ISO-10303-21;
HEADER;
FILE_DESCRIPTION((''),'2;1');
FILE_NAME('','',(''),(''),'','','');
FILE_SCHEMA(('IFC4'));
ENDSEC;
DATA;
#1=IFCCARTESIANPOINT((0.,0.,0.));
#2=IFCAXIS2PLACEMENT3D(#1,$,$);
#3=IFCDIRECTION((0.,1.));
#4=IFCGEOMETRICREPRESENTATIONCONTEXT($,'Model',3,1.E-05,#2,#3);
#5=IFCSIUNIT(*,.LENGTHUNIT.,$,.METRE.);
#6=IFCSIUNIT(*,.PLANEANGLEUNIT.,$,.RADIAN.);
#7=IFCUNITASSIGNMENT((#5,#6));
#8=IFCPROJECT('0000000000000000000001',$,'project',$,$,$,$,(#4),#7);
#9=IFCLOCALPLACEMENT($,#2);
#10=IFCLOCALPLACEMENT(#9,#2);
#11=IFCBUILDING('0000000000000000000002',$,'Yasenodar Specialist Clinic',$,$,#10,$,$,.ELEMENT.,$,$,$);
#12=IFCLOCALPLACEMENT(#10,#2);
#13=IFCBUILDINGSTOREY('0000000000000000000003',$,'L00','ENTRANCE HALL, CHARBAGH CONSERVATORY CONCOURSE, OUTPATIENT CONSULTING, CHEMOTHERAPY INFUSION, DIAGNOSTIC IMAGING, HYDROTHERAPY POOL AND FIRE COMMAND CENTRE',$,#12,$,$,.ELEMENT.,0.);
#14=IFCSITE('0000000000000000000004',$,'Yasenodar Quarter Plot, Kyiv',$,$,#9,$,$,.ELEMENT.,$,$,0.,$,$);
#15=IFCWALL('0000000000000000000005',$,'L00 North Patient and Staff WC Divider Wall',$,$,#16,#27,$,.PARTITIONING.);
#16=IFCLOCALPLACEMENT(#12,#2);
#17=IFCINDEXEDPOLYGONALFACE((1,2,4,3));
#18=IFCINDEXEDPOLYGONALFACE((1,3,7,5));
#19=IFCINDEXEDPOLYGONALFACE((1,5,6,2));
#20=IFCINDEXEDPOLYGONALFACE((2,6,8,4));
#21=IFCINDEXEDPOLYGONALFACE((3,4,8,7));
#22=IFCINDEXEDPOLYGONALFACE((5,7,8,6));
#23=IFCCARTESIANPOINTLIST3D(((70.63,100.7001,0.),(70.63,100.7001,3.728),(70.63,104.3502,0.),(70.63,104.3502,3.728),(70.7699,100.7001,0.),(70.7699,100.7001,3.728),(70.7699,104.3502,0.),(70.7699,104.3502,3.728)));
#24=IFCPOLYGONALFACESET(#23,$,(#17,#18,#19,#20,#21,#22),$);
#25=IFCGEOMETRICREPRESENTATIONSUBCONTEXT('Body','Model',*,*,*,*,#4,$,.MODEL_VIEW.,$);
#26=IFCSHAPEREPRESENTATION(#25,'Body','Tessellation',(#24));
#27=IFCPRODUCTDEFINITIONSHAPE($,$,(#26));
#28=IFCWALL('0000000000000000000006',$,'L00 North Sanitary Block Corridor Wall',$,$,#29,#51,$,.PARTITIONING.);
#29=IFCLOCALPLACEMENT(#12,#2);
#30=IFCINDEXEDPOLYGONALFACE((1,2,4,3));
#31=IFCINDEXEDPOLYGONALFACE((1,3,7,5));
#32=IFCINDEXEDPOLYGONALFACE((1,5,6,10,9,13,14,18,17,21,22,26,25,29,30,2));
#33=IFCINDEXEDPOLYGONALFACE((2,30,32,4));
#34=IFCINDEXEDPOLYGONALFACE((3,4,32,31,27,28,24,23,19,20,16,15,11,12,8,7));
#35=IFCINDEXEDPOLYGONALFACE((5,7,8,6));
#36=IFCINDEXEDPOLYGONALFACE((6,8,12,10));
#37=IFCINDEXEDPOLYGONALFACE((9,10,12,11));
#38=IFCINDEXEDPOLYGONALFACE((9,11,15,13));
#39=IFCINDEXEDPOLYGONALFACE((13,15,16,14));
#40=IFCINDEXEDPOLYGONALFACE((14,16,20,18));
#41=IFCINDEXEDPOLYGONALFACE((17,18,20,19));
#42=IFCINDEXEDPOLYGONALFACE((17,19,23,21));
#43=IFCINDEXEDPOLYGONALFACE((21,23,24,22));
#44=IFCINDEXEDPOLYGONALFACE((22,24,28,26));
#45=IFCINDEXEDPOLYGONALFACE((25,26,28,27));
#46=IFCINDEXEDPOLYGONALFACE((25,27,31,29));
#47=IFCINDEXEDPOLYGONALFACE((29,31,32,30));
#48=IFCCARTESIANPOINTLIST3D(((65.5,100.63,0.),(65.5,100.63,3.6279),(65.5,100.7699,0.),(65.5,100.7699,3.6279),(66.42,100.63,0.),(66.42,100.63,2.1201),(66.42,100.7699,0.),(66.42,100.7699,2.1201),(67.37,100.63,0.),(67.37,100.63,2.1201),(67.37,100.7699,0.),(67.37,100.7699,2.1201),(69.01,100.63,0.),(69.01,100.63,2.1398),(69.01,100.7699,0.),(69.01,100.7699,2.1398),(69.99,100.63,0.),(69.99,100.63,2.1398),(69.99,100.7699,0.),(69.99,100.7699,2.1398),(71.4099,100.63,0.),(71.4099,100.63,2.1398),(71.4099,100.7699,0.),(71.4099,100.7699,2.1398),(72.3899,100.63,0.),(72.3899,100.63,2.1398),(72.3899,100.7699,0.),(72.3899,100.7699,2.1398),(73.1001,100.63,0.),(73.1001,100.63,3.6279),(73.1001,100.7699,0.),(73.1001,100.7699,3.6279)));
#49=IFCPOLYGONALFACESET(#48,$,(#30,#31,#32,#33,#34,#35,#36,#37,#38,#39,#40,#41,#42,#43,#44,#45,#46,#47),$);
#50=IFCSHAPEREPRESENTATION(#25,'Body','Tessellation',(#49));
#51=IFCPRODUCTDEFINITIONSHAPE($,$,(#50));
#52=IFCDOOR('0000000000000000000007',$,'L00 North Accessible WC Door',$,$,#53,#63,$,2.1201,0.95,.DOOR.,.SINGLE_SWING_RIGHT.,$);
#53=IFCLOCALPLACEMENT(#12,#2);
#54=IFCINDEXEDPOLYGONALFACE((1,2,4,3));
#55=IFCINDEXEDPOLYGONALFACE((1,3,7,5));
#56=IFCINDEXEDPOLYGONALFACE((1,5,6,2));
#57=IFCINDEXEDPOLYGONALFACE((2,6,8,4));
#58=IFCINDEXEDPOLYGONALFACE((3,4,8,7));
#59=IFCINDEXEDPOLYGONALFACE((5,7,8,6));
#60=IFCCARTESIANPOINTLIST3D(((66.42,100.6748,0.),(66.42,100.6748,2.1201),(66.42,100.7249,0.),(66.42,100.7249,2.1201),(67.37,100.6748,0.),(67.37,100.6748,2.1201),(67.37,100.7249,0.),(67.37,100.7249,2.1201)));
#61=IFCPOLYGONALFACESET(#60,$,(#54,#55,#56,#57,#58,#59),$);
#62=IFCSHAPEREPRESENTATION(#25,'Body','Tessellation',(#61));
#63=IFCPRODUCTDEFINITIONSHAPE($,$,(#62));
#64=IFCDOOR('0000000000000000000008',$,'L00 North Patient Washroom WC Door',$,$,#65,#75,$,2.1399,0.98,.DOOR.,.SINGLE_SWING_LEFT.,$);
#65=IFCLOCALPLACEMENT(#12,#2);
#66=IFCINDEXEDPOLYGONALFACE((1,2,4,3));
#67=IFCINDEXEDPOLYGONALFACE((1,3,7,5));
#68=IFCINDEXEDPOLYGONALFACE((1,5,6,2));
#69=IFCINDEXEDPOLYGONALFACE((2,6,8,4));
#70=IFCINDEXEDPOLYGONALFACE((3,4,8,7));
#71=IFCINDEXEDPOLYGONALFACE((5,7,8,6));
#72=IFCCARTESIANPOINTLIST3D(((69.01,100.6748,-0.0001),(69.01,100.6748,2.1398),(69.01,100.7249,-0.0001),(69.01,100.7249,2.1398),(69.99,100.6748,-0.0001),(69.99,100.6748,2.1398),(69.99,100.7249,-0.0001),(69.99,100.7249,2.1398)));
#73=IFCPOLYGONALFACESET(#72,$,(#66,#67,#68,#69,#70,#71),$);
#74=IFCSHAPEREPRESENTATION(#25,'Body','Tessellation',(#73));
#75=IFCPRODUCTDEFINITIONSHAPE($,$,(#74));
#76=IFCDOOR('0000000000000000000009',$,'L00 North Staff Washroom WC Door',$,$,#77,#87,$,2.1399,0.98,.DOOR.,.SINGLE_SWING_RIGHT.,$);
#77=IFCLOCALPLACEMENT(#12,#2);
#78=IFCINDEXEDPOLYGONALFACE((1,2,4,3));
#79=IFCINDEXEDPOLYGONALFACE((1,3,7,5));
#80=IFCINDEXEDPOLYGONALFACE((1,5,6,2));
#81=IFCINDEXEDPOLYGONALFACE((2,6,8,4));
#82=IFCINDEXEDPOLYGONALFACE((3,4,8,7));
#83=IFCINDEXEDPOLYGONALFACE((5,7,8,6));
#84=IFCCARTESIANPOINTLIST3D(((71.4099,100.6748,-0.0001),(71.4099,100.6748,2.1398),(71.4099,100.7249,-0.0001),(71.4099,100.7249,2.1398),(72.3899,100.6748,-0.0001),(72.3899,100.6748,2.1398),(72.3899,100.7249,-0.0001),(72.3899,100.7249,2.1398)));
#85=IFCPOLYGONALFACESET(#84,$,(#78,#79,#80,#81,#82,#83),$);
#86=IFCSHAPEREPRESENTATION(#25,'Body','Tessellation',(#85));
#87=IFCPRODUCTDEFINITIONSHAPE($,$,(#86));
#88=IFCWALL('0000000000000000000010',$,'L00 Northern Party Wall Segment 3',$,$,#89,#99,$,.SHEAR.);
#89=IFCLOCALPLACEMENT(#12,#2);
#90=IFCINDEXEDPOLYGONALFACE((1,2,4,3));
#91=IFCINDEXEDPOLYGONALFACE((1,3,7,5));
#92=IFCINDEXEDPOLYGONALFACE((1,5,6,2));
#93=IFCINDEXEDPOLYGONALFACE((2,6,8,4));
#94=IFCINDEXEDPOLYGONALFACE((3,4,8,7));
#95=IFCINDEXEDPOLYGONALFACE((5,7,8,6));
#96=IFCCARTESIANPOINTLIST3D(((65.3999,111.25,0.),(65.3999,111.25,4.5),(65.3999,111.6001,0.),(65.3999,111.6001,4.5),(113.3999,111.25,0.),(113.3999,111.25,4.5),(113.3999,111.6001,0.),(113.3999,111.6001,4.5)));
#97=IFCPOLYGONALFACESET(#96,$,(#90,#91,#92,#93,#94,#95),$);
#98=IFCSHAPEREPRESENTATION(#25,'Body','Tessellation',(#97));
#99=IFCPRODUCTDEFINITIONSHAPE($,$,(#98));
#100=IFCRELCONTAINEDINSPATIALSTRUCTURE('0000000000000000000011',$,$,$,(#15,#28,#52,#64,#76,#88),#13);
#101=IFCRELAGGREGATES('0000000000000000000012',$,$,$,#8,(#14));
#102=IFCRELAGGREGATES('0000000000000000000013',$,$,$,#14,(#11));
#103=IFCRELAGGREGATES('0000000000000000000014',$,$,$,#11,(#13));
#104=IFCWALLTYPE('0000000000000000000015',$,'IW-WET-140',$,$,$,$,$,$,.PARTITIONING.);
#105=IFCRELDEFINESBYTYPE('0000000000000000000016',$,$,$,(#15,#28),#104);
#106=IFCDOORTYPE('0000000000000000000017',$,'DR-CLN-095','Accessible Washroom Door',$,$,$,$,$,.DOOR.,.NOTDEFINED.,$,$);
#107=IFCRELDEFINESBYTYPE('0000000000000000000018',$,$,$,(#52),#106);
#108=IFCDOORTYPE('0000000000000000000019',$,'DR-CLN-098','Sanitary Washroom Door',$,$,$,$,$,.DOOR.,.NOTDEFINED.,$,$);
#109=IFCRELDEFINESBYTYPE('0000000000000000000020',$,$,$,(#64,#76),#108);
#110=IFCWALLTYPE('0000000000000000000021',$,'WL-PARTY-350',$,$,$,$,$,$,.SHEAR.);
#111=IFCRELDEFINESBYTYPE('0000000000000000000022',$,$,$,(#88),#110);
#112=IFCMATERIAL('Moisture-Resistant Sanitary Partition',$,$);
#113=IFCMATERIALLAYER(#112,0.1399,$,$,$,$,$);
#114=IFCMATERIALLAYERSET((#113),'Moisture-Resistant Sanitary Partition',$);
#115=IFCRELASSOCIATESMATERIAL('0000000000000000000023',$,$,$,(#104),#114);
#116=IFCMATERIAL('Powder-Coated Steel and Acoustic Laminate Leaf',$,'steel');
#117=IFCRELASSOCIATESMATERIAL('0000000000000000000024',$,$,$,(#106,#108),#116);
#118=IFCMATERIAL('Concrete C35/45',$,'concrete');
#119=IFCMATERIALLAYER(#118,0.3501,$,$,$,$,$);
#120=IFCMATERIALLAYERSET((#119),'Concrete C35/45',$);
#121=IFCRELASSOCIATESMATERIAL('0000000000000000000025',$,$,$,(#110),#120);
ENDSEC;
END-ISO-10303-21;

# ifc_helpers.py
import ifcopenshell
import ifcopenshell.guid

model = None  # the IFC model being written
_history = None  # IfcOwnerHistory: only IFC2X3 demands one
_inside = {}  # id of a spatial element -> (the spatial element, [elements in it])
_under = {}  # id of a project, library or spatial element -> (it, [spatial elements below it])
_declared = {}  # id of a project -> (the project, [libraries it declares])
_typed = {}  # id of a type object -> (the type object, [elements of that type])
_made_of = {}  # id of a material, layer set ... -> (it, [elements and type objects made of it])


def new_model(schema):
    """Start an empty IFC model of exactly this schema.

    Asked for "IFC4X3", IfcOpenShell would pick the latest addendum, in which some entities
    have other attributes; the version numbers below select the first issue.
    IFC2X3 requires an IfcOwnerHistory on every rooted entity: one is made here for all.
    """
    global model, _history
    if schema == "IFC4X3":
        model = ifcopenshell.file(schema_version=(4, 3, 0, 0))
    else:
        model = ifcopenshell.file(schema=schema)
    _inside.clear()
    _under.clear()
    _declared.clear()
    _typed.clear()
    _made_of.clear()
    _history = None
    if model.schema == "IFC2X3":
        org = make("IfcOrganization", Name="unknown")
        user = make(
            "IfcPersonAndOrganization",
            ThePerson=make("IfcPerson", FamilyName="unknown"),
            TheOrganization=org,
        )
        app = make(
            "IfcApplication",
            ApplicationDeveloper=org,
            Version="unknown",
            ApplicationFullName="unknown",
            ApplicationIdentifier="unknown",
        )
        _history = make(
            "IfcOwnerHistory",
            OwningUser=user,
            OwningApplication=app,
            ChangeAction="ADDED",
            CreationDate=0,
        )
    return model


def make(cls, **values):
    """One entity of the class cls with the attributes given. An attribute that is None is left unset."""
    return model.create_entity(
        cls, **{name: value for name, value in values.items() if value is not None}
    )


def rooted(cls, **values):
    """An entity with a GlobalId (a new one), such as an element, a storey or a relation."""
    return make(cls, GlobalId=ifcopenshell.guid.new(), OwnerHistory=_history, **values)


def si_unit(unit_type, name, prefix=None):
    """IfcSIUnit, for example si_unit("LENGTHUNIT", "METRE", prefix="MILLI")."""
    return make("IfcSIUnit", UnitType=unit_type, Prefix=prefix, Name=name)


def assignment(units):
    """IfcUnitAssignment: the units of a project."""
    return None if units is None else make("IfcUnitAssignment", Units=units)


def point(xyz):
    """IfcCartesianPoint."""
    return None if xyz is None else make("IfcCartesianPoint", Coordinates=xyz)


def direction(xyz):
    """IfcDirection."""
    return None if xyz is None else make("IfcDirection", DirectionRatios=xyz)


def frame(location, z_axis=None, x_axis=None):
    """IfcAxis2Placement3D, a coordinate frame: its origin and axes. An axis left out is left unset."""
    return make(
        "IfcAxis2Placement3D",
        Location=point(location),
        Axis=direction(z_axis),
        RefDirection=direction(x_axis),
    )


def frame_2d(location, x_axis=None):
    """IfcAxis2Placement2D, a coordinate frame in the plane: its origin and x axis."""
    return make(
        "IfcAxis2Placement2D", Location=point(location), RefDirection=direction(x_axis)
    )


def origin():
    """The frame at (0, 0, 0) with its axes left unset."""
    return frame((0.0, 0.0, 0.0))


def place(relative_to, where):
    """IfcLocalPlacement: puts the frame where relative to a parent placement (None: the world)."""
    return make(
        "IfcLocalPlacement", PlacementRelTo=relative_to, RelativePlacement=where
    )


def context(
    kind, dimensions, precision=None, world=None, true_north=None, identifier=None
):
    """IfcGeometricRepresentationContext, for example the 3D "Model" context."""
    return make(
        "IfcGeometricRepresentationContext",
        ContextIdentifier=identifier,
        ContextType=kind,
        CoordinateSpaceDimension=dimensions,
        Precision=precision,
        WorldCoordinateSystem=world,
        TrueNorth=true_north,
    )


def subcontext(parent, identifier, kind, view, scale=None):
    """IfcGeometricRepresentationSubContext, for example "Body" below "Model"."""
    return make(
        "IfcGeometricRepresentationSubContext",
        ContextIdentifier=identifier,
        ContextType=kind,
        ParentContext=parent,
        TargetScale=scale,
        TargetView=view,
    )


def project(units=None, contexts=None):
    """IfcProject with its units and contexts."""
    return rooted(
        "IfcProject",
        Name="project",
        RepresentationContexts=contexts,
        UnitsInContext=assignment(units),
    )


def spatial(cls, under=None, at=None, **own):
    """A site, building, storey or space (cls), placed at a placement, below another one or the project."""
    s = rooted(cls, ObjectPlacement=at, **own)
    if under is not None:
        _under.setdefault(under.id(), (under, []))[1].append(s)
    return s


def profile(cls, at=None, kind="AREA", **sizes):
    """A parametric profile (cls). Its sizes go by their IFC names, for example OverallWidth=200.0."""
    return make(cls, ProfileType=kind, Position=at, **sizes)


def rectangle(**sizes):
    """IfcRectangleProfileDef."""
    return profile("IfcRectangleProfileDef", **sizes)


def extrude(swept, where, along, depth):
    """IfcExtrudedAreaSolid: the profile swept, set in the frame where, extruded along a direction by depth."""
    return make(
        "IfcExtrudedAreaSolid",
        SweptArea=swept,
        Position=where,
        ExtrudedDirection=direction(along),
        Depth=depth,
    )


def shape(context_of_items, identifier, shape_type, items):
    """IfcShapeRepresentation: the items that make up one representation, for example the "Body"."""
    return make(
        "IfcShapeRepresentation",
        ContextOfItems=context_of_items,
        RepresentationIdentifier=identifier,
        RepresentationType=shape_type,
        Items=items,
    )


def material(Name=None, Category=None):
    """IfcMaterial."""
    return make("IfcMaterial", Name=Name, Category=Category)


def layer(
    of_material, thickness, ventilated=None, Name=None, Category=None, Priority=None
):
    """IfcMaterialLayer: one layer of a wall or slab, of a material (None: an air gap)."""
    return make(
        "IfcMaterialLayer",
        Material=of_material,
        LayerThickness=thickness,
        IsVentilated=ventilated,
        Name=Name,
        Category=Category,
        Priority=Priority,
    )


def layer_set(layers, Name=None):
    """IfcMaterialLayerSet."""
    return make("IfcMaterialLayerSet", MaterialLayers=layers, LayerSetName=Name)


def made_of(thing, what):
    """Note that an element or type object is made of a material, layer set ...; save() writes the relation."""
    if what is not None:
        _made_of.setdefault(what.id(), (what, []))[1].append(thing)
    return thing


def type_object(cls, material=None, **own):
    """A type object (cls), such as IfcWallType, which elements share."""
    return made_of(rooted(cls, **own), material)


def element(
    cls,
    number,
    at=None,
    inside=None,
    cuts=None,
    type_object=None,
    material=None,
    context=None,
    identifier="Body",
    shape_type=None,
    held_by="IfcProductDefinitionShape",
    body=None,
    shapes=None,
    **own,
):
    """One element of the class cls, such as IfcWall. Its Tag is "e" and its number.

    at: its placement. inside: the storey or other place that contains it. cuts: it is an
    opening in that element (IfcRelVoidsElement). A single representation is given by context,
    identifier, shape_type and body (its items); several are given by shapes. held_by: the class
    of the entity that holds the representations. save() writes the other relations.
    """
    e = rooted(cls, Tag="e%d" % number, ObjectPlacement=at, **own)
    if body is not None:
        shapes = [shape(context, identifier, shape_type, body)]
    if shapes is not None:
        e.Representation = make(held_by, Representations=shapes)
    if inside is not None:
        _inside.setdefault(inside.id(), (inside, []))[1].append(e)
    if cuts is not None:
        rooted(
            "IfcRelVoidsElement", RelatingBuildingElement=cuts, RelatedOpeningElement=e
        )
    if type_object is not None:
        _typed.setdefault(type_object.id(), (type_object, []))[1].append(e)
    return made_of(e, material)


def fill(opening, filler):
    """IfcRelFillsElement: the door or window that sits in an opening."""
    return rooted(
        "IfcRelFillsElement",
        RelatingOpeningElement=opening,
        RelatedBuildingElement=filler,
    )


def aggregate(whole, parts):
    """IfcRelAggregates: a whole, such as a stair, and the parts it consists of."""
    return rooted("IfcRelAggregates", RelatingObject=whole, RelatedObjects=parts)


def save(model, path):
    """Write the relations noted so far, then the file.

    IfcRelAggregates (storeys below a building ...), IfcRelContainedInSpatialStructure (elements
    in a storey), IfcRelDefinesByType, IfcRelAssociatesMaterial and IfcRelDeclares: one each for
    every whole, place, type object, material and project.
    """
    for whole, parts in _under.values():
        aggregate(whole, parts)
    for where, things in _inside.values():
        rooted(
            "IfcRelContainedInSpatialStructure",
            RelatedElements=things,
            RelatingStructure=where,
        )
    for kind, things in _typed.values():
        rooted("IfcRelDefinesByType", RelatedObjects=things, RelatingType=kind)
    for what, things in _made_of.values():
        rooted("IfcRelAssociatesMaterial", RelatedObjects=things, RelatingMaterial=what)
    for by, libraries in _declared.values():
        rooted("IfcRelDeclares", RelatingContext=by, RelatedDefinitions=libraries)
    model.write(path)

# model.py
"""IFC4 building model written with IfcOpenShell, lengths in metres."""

from ifc_helpers import new_model, si_unit, direction, frame, frame_2d, origin, place, context, subcontext, project, spatial, rectangle, extrude, material, layer, layer_set, type_object, element, fill, save


model = new_model("IFC4")

# Units and contexts
model_context = context("Model", 3, precision=1e-05, world=origin(), true_north=direction((0.0, 1.0)))
body_context = subcontext(model_context, "Body", "Model", "MODEL_VIEW")
ifc_project = project(units=[si_unit("LENGTHUNIT", "METRE"), si_unit("PLANEANGLEUNIT", "RADIAN")], contexts=[model_context])

# Site, building, storey
site_placement = place(None, origin())
site = spatial("IfcSite", under=ifc_project, at=site_placement, Name="Yasenodar Quarter Plot, Kyiv", CompositionType="ELEMENT", RefElevation=0.0)
building_placement = place(site_placement, origin())
building = spatial("IfcBuilding", under=site, at=building_placement, Name="Yasenodar Specialist Clinic", CompositionType="ELEMENT")
storey_placement = place(building_placement, origin())
storey = spatial("IfcBuildingStorey", under=building, at=storey_placement, Name="L00", Description="ENTRANCE HALL, CHARBAGH CONSERVATORY CONCOURSE, OUTPATIENT CONSULTING, CHEMOTHERAPY INFUSION, DIAGNOSTIC IMAGING, HYDROTHERAPY POOL AND FIRE COMMAND CENTRE", CompositionType="ELEMENT", Elevation=0.0)

# Wall
ifc_material_1 = material(Name="Moisture-Resistant Sanitary Partition")
ifc_layer_1 = layer(ifc_material_1, 0.1399)
ifc_layer_set_1 = layer_set([ifc_layer_1], Name="Moisture-Resistant Sanitary Partition")
wall_type_1 = type_object("IfcWallType", Name="IW-WET-140", PredefinedType="PARTITIONING", material=ifc_layer_set_1)
for number, where, z_axis, x_axis, name in (
    (1, (70.7, 100.7, 0.0), (0.0, 0.0, 1.0), (0.0, 1.0, 0.0), "L00 North Patient and Staff WC Divider Wall"),
):
    element("IfcWall", number, at=place(storey_placement, frame(where, z_axis=z_axis, x_axis=x_axis)), inside=storey, type_object=wall_type_1, Name=name, PredefinedType="PARTITIONING", context=body_context, shape_type="SweptSolid", body=[
        extrude(rectangle(XDim=3.6501, YDim=0.1399, at=frame_2d((1.8252, 0.0))), origin(), (0.0, 0.0, 1.0), 3.728),
    ])

# Wall, openings, doors
wall_1_placement = place(storey_placement, frame((65.5, 100.7, 0.0), z_axis=(0.0, 0.0, 1.0), x_axis=(1.0, 0.0, 0.0)))
wall_1 = element("IfcWall", 2, at=wall_1_placement, inside=storey, type_object=wall_type_1, Name="L00 North Sanitary Block Corridor Wall", PredefinedType="PARTITIONING", context=body_context, shape_type="SweptSolid", body=[
    extrude(rectangle(XDim=7.6001, YDim=0.1399, at=frame_2d((3.8, 0.0))), origin(), (0.0, 0.0, 1.0), 3.6279),
])
opening_1_placement = place(wall_1_placement, frame((0.9199, 0.0, 0.0)))
opening_1 = element("IfcOpeningElement", 3, at=opening_1_placement, cuts=wall_1, PredefinedType="OPENING", context=body_context, shape_type="SweptSolid", body=[
    extrude(rectangle(XDim=0.95, YDim=2.1201, at=frame_2d((0.4751, 1.0601))), frame((0.0, 0.0801, 0.0), z_axis=(0.0, -1.0, 0.0), x_axis=(1.0, 0.0, 0.0)), (0.0, 0.0, 1.0), 0.1599),
])
opening_2_placement = place(wall_1_placement, frame((3.51, 0.0, 0.0)))
opening_2 = element("IfcOpeningElement", 4, at=opening_2_placement, cuts=wall_1, PredefinedType="OPENING", context=body_context, shape_type="SweptSolid", body=[
    extrude(rectangle(XDim=0.98, YDim=2.1399, at=frame_2d((0.49, 1.0698))), frame((0.0, 0.0801, 0.0), z_axis=(0.0, -1.0, 0.0), x_axis=(1.0, 0.0, 0.0)), (0.0, 0.0, 1.0), 0.1599),
])
opening_3_placement = place(wall_1_placement, frame((5.9099, 0.0, 0.0)))
opening_3 = element("IfcOpeningElement", 5, at=opening_3_placement, cuts=wall_1, PredefinedType="OPENING", context=body_context, shape_type="SweptSolid", body=[
    extrude(rectangle(XDim=0.98, YDim=2.1399, at=frame_2d((0.49, 1.0698))), frame((0.0, 0.0801, 0.0), z_axis=(0.0, -1.0, 0.0), x_axis=(1.0, 0.0, 0.0)), (0.0, 0.0, 1.0), 0.1599),
])
ifc_material_2 = material(Name="Powder-Coated Steel and Acoustic Laminate Leaf", Category="steel")
door_type_1 = type_object("IfcDoorType", Name="DR-CLN-095", Description="Accessible Washroom Door", OperationType="NOTDEFINED", PredefinedType="DOOR", material=ifc_material_2)
door_1_placement = place(opening_1_placement, origin())
door_1 = element("IfcDoor", 6, at=door_1_placement, inside=storey, type_object=door_type_1, Name="L00 North Accessible WC Door", OperationType="SINGLE_SWING_RIGHT", OverallHeight=2.1201, OverallWidth=0.95, PredefinedType="DOOR", context=body_context, shape_type="SweptSolid", body=[
    extrude(rectangle(XDim=0.95, YDim=2.1201, at=frame_2d((0.4751, 1.0601))), frame((0.0, 0.0249, 0.0), z_axis=(0.0, -1.0, 0.0), x_axis=(1.0, 0.0, 0.0)), (0.0, 0.0, 1.0), 0.05),
])
fill(opening_1, door_1)
door_type_2 = type_object("IfcDoorType", Name="DR-CLN-098", Description="Sanitary Washroom Door", OperationType="NOTDEFINED", PredefinedType="DOOR", material=ifc_material_2)
door_2_placement = place(opening_2_placement, origin())
door_2 = element("IfcDoor", 7, at=door_2_placement, inside=storey, type_object=door_type_2, Name="L00 North Patient Washroom WC Door", OperationType="SINGLE_SWING_LEFT", OverallHeight=2.1399, OverallWidth=0.98, PredefinedType="DOOR", context=body_context, shape_type="SweptSolid", body=[
    extrude(rectangle(XDim=0.98, YDim=2.1399, at=frame_2d((0.49, 1.0698))), frame((0.0, 0.0249, 0.0), z_axis=(0.0, -1.0, 0.0), x_axis=(1.0, 0.0, 0.0)), (0.0, 0.0, 1.0), 0.05),
])
fill(opening_2, door_2)
door_3_placement = place(opening_3_placement, origin())
door_3 = element("IfcDoor", 8, at=door_3_placement, inside=storey, type_object=door_type_2, Name="L00 North Staff Washroom WC Door", OperationType="SINGLE_SWING_RIGHT", OverallHeight=2.1399, OverallWidth=0.98, PredefinedType="DOOR", context=body_context, shape_type="SweptSolid", body=[
    extrude(rectangle(XDim=0.98, YDim=2.1399, at=frame_2d((0.49, 1.0698))), frame((0.0, 0.0249, 0.0), z_axis=(0.0, -1.0, 0.0), x_axis=(1.0, 0.0, 0.0)), (0.0, 0.0, 1.0), 0.05),
])
fill(opening_3, door_3)

# Wall
ifc_material_3 = material(Name="Concrete C35/45", Category="concrete")
ifc_layer_2 = layer(ifc_material_3, 0.3501)
ifc_layer_set_2 = layer_set([ifc_layer_2], Name="Concrete C35/45")
wall_type_2 = type_object("IfcWallType", Name="WL-PARTY-350", PredefinedType="SHEAR", material=ifc_layer_set_2)
wall_2_placement = place(storey_placement, frame((65.3999, 111.425, 0.0), z_axis=(0.0, 0.0, 1.0), x_axis=(1.0, 0.0, 0.0)))
element("IfcWall", 9, at=wall_2_placement, inside=storey, type_object=wall_type_2, Name="L00 Northern Party Wall Segment 3", PredefinedType="SHEAR", context=body_context, shape_type="SweptSolid", body=[
    extrude(rectangle(XDim=48.0, YDim=0.3501, at=frame_2d((24.0, 0.0))), origin(), (0.0, 0.0, 1.0), 4.5),
])

save(model, "model.ifc")
